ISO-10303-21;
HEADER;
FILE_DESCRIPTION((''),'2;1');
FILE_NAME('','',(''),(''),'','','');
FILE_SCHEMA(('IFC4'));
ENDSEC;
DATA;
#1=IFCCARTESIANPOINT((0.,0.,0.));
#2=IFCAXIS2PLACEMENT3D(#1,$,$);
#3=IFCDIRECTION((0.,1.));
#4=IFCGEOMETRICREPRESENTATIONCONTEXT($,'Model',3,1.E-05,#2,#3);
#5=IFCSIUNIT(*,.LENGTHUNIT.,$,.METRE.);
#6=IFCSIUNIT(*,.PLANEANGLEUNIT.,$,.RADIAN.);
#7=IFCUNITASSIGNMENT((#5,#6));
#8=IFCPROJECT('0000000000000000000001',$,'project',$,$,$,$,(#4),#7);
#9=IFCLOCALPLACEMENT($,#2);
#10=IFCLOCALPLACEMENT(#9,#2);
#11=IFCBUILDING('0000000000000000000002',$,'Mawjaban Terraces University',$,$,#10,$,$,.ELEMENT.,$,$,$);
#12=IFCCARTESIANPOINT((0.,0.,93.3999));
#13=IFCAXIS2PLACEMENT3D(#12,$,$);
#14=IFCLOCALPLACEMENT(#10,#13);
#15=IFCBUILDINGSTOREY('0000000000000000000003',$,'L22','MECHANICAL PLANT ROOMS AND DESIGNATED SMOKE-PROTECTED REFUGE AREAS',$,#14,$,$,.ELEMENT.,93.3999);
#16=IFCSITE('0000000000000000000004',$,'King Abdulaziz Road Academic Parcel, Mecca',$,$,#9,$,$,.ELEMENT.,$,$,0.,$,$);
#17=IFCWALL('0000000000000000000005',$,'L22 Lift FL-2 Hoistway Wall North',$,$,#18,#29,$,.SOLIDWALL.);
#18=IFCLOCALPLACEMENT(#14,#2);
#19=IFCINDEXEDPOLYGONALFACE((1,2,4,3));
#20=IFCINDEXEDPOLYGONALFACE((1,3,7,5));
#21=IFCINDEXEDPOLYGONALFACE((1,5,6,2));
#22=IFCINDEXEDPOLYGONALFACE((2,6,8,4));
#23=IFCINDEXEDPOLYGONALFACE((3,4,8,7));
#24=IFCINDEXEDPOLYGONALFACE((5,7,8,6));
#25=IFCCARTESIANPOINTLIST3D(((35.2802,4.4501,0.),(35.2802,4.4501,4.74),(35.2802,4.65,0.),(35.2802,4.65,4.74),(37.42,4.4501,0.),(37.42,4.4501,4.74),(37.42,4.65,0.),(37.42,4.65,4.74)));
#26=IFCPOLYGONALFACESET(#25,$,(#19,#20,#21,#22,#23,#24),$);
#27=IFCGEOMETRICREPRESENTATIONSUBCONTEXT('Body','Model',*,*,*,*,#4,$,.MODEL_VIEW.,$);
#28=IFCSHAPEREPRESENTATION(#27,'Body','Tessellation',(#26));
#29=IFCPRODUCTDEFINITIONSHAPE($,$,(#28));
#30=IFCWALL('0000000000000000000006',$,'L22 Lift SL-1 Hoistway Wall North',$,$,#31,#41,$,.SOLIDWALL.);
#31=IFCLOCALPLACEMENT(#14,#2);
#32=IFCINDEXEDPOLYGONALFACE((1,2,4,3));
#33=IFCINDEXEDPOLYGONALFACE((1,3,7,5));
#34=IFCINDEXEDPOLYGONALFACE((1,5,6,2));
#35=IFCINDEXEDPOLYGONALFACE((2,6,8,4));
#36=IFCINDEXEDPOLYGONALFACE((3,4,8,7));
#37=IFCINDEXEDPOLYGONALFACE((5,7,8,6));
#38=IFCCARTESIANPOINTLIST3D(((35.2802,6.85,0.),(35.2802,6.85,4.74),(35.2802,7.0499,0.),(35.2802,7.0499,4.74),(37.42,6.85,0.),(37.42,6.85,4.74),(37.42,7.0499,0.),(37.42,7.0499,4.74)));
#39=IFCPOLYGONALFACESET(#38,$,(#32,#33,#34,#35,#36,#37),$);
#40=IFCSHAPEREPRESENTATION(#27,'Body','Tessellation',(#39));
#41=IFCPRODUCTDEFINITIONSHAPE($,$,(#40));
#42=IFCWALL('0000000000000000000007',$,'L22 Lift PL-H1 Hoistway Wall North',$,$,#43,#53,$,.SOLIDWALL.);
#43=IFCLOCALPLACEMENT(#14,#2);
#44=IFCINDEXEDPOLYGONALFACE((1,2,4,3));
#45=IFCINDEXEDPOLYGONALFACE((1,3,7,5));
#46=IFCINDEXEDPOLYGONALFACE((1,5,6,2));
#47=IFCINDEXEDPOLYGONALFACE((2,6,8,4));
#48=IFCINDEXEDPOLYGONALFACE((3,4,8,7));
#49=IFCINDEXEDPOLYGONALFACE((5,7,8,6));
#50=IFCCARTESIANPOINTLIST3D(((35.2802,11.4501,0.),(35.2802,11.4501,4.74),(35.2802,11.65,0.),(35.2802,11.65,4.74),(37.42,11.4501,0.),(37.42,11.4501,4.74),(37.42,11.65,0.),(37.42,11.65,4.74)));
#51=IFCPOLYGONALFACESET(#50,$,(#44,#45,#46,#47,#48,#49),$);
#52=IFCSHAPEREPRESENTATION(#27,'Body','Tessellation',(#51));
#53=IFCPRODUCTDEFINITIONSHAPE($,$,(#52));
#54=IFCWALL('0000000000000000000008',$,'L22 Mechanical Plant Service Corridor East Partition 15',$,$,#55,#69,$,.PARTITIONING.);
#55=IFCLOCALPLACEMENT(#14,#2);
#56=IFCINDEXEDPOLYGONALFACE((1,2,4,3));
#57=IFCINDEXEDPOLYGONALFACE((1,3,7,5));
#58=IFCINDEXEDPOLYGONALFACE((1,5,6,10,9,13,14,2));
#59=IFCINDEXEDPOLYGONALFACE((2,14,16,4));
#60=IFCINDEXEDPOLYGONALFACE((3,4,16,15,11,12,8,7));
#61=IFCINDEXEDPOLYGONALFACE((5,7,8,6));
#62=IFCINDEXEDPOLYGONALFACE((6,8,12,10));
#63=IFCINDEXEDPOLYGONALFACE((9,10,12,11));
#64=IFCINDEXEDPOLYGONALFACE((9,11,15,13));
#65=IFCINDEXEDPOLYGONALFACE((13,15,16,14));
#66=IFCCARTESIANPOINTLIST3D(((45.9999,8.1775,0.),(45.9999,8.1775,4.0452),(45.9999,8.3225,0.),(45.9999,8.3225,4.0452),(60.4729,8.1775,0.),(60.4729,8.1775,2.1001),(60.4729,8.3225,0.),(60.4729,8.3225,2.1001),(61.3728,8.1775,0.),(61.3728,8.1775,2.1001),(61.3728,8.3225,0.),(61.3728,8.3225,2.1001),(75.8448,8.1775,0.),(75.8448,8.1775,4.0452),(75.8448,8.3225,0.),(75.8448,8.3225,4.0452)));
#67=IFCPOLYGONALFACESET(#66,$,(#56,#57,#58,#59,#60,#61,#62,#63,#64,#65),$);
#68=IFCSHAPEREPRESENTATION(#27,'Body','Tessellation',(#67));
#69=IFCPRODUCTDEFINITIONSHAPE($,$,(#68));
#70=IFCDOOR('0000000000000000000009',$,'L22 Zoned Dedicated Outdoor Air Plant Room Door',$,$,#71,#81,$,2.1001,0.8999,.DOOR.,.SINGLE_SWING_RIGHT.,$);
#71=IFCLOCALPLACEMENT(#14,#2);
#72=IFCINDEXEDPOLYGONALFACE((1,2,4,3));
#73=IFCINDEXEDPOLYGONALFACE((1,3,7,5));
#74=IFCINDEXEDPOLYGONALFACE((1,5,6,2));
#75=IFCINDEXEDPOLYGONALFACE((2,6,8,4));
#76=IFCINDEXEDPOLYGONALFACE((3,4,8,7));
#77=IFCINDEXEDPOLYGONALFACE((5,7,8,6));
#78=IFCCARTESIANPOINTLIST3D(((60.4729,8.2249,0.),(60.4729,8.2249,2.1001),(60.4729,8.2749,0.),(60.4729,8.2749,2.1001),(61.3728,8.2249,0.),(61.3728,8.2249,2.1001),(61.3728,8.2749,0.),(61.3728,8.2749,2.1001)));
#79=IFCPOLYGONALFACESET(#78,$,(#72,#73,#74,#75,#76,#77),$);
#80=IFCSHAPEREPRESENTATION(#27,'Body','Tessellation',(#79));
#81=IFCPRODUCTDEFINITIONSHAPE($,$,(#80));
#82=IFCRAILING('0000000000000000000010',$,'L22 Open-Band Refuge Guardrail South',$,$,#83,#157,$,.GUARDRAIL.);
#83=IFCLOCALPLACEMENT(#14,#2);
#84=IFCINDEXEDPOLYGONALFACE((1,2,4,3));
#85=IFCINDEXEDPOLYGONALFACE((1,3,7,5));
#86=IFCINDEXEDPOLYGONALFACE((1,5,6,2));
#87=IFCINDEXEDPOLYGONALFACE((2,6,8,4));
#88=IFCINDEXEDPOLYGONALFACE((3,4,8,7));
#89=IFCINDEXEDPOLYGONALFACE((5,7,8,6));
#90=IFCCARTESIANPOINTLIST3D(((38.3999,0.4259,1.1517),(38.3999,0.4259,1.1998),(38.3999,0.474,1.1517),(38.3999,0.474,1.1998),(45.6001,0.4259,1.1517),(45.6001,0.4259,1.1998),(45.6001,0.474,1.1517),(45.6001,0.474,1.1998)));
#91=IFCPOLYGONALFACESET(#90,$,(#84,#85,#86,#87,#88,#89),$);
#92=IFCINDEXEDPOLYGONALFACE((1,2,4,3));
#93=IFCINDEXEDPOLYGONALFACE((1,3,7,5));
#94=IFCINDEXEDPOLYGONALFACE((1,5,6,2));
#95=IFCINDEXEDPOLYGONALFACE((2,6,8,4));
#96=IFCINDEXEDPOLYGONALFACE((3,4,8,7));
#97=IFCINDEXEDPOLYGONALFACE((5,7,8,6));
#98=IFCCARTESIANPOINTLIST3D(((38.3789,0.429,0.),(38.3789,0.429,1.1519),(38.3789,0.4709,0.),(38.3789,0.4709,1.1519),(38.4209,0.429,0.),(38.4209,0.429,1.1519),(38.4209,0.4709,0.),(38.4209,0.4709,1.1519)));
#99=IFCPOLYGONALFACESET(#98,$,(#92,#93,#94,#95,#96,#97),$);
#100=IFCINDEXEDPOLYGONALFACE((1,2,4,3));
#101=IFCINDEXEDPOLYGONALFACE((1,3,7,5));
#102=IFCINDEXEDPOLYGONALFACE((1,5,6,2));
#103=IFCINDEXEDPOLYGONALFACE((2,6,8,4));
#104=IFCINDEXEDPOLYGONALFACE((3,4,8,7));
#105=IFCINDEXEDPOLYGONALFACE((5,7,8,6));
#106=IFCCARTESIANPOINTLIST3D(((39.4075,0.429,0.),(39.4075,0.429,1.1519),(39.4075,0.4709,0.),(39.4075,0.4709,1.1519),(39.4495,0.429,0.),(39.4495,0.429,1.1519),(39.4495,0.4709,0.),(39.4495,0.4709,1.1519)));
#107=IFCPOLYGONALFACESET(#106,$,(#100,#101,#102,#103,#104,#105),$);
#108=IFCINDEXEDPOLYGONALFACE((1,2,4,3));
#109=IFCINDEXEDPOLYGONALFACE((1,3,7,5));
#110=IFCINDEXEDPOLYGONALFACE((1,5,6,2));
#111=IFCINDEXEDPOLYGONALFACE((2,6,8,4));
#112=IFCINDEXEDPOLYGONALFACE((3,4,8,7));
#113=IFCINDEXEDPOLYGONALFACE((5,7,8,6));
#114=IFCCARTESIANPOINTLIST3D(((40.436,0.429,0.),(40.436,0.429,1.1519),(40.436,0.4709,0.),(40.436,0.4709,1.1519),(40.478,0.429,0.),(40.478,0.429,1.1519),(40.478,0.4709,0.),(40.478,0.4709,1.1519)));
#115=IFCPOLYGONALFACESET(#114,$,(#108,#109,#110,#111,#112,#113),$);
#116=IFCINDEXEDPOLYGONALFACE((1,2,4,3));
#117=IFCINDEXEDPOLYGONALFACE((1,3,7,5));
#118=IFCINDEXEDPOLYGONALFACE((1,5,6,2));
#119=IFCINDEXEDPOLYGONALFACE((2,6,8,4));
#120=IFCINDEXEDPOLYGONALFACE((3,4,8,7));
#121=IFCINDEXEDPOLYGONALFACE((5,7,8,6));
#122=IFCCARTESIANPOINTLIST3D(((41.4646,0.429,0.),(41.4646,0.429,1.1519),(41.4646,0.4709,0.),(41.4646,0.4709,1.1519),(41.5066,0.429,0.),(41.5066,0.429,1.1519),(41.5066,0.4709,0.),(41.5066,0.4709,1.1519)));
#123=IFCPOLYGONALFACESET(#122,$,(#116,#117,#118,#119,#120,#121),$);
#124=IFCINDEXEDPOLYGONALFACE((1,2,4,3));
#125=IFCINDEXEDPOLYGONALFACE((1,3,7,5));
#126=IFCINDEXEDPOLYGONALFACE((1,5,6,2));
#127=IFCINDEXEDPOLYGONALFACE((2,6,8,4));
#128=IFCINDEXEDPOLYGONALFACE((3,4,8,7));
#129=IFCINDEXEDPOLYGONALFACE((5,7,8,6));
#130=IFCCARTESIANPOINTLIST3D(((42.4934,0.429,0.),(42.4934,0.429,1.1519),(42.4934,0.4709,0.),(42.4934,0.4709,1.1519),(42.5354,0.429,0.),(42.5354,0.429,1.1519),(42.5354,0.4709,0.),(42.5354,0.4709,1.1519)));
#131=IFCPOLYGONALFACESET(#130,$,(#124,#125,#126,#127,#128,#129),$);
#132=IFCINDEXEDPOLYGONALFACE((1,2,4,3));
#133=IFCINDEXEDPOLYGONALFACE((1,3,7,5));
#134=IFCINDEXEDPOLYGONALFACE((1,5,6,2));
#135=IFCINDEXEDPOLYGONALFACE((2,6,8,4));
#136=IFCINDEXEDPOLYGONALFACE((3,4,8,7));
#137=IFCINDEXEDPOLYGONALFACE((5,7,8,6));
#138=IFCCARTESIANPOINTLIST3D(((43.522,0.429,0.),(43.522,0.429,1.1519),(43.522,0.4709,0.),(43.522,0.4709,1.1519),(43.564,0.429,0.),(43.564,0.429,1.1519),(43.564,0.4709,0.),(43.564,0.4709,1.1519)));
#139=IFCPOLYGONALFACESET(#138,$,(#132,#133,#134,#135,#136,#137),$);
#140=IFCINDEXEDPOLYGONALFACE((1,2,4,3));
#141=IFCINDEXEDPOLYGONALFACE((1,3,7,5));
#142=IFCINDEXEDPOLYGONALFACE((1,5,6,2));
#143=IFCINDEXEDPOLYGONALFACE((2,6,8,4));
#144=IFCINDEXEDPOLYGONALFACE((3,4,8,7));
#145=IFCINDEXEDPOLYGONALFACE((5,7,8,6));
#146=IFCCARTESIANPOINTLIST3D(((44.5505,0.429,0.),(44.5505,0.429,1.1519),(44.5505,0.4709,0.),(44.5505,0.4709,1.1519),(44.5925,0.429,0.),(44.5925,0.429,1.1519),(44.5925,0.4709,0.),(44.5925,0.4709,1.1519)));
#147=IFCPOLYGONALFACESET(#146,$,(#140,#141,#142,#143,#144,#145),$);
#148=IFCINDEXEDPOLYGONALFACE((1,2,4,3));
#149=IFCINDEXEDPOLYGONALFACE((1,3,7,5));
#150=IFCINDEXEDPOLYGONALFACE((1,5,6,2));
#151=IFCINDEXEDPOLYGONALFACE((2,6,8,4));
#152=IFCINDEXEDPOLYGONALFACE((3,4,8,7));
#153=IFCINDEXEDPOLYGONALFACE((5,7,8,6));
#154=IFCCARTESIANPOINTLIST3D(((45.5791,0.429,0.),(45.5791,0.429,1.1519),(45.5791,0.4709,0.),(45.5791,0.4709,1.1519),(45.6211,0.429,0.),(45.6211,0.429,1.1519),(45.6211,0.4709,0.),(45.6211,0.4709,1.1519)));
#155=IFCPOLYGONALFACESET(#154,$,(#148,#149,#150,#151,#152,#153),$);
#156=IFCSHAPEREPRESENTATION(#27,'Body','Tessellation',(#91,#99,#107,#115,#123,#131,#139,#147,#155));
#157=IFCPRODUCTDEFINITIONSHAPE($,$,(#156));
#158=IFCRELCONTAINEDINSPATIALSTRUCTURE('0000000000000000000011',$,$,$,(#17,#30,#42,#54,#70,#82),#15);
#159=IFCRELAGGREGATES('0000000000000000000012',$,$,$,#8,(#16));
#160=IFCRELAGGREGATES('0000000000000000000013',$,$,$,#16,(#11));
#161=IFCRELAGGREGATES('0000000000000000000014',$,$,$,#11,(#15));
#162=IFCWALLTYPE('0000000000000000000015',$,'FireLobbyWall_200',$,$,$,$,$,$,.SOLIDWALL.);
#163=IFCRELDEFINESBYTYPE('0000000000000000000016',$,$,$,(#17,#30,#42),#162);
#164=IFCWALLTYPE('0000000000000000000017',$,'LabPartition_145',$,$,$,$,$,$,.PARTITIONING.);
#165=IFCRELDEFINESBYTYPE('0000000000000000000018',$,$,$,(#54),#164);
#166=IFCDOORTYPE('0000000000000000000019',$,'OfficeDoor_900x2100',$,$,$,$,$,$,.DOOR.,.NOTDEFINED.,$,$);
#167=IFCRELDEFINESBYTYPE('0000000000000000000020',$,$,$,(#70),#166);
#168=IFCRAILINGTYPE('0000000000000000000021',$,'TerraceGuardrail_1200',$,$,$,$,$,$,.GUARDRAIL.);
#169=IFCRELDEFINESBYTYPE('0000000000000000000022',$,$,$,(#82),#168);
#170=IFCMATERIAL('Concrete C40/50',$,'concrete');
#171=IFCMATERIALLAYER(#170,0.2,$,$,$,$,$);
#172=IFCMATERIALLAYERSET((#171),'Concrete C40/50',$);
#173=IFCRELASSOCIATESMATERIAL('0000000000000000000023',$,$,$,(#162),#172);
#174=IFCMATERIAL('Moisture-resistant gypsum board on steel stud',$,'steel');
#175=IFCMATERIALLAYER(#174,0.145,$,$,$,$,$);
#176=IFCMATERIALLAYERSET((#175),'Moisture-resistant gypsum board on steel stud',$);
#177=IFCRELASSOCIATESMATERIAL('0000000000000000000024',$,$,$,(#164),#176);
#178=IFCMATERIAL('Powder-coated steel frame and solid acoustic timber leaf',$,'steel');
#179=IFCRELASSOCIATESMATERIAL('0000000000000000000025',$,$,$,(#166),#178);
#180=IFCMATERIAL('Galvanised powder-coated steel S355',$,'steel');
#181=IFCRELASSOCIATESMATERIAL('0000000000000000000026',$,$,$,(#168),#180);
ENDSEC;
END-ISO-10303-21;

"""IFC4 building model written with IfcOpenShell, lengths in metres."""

from ifc_helpers import new_model, si_unit, direction, frame, frame_2d, origin, origin_2d, place, context, subcontext, project, spatial, rectangle, extrude, material, layer, layer_set, type_object, element, fill, save


model = new_model("IFC4")

# Units and contexts
model_context = context("Model", 3, precision=1e-05, world=origin(), true_north=direction((0.0, 1.0)))
body_context = subcontext(model_context, "Body", "Model", "MODEL_VIEW")
ifc_project = project(units=[si_unit("LENGTHUNIT", "METRE"), si_unit("PLANEANGLEUNIT", "RADIAN")], contexts=[model_context])

# Site, building, storey
site_placement = place(None, origin())
site = spatial("IfcSite", under=ifc_project, at=site_placement, Name="King Abdulaziz Road Academic Parcel, Mecca", CompositionType="ELEMENT", RefElevation=0.0)
building_placement = place(site_placement, origin())
building = spatial("IfcBuilding", under=site, at=building_placement, Name="Mawjaban Terraces University", CompositionType="ELEMENT")
storey_placement = place(building_placement, frame((0.0, 0.0, 93.3999)))
storey = spatial("IfcBuildingStorey", under=building, at=storey_placement, Name="L22", Description="MECHANICAL PLANT ROOMS AND DESIGNATED SMOKE-PROTECTED REFUGE AREAS", CompositionType="ELEMENT", Elevation=93.3999)

# Walls
ifc_material_1 = material(Name="Concrete C40/50", Category="concrete")
ifc_layer_1 = layer(ifc_material_1, 0.2)
ifc_layer_set_1 = layer_set([ifc_layer_1], Name="Concrete C40/50")
wall_type_1 = type_object("IfcWallType", Name="FireLobbyWall_200", PredefinedType="SOLIDWALL", material=ifc_layer_set_1)
for number, where, z_axis, x_axis, name in (
    (1, (37.4199, 4.55, 0.0), (0.0, 0.0, 1.0), (-1.0, 0.0, 0.0), "L22 Lift FL-2 Hoistway Wall North"),
    (2, (37.4199, 6.95, 0.0), (0.0, 0.0, 1.0), (-1.0, 0.0, 0.0), "L22 Lift SL-1 Hoistway Wall North"),
    (3, (37.4199, 11.55, 0.0), (0.0, 0.0, 1.0), (-1.0, 0.0, 0.0), "L22 Lift PL-H1 Hoistway Wall North"),
):
    element("IfcWall", number, at=place(storey_placement, frame(where, z_axis=z_axis, x_axis=x_axis)), inside=storey, type_object=wall_type_1, Name=name, PredefinedType="SOLIDWALL", context=body_context, shape_type="SweptSolid", body=[
        extrude(rectangle(XDim=2.1399, YDim=0.2, at=frame_2d((1.0698, 0.0))), origin(), (0.0, 0.0, 1.0), 4.74),
    ])

# Wall, opening, door
ifc_material_2 = material(Name="Moisture-resistant gypsum board on steel stud", Category="steel")
ifc_layer_2 = layer(ifc_material_2, 0.145)
ifc_layer_set_2 = layer_set([ifc_layer_2], Name="Moisture-resistant gypsum board on steel stud")
wall_type_2 = type_object("IfcWallType", Name="LabPartition_145", PredefinedType="PARTITIONING", material=ifc_layer_set_2)
wall_1_placement = place(storey_placement, frame((46.0, 8.25, 0.0), z_axis=(0.0, 0.0, 1.0), x_axis=(1.0, 0.0, 0.0)))
wall_1 = element("IfcWall", 4, at=wall_1_placement, inside=storey, type_object=wall_type_2, Name="L22 Mechanical Plant Service Corridor East Partition 15", PredefinedType="PARTITIONING", context=body_context, shape_type="SweptSolid", body=[
    extrude(rectangle(XDim=29.845, YDim=0.145, at=frame_2d((14.9224, 0.0))), origin(), (0.0, 0.0, 1.0), 4.0452),
])
opening_1_placement = place(wall_1_placement, frame((14.4729, 0.0, 0.0)))
opening_1 = element("IfcOpeningElement", 5, at=opening_1_placement, cuts=wall_1, PredefinedType="OPENING", context=body_context, shape_type="SweptSolid", body=[
    extrude(rectangle(XDim=0.8999, YDim=2.1001, at=frame_2d((0.45, 1.05))), frame((0.0, 0.0825, 0.0), z_axis=(0.0, -1.0, 0.0), x_axis=(1.0, 0.0, 0.0)), (0.0, 0.0, 1.0), 0.165),
])
ifc_material_3 = material(Name="Powder-coated steel frame and solid acoustic timber leaf", Category="steel")
door_type_1 = type_object("IfcDoorType", Name="OfficeDoor_900x2100", OperationType="NOTDEFINED", PredefinedType="DOOR", material=ifc_material_3)
door_1_placement = place(opening_1_placement, origin())
door_1 = element("IfcDoor", 6, at=door_1_placement, inside=storey, type_object=door_type_1, Name="L22 Zoned Dedicated Outdoor Air Plant Room Door", OperationType="SINGLE_SWING_RIGHT", OverallHeight=2.1001, OverallWidth=0.8999, PredefinedType="DOOR", context=body_context, shape_type="SweptSolid", body=[
    extrude(rectangle(XDim=0.8999, YDim=2.1001, at=frame_2d((0.45, 1.05))), frame((0.0, 0.0249, 0.0), z_axis=(0.0, -1.0, 0.0), x_axis=(1.0, 0.0, 0.0)), (0.0, 0.0, 1.0), 0.05),
])
fill(opening_1, door_1)

# Railing
ifc_material_4 = material(Name="Galvanised powder-coated steel S355", Category="steel")
railing_type = type_object("IfcRailingType", Name="TerraceGuardrail_1200", PredefinedType="GUARDRAIL", material=ifc_material_4)
railing_placement = place(storey_placement, frame((38.3999, 0.45, 0.0)))
element("IfcRailing", 7, at=railing_placement, inside=storey, type_object=railing_type, Name="L22 Open-Band Refuge Guardrail South", PredefinedType="GUARDRAIL", context=body_context, shape_type="SweptSolid", body=[
    extrude(rectangle(XDim=0.0481, YDim=0.0481, at=origin_2d()), frame((0.0, 0.0, 1.1758), z_axis=(1.0, 0.0, 0.0), x_axis=(0.0, 1.0, 0.0)), (0.0, 0.0, 1.0), 7.2002),
    extrude(rectangle(XDim=0.042, YDim=0.042, at=origin_2d()), origin(), (0.0, 0.0, 1.0), 1.1519),
    extrude(rectangle(XDim=0.042, YDim=0.042, at=origin_2d()), frame((1.0286, 0.0, 0.0)), (0.0, 0.0, 1.0), 1.1519),
    extrude(rectangle(XDim=0.042, YDim=0.042, at=origin_2d()), frame((2.0571, 0.0, 0.0)), (0.0, 0.0, 1.0), 1.1519),
    extrude(rectangle(XDim=0.042, YDim=0.042, at=origin_2d()), frame((3.0857, 0.0, 0.0)), (0.0, 0.0, 1.0), 1.1519),
    extrude(rectangle(XDim=0.042, YDim=0.042, at=origin_2d()), frame((4.1145, 0.0, 0.0)), (0.0, 0.0, 1.0), 1.1519),
    extrude(rectangle(XDim=0.042, YDim=0.042, at=origin_2d()), frame((5.1431, 0.0, 0.0)), (0.0, 0.0, 1.0), 1.1519),
    extrude(rectangle(XDim=0.042, YDim=0.042, at=origin_2d()), frame((6.1716, 0.0, 0.0)), (0.0, 0.0, 1.0), 1.1519),
    extrude(rectangle(XDim=0.042, YDim=0.042, at=origin_2d()), frame((7.2002, 0.0, 0.0)), (0.0, 0.0, 1.0), 1.1519),
])

save(model, "model.ifc")
